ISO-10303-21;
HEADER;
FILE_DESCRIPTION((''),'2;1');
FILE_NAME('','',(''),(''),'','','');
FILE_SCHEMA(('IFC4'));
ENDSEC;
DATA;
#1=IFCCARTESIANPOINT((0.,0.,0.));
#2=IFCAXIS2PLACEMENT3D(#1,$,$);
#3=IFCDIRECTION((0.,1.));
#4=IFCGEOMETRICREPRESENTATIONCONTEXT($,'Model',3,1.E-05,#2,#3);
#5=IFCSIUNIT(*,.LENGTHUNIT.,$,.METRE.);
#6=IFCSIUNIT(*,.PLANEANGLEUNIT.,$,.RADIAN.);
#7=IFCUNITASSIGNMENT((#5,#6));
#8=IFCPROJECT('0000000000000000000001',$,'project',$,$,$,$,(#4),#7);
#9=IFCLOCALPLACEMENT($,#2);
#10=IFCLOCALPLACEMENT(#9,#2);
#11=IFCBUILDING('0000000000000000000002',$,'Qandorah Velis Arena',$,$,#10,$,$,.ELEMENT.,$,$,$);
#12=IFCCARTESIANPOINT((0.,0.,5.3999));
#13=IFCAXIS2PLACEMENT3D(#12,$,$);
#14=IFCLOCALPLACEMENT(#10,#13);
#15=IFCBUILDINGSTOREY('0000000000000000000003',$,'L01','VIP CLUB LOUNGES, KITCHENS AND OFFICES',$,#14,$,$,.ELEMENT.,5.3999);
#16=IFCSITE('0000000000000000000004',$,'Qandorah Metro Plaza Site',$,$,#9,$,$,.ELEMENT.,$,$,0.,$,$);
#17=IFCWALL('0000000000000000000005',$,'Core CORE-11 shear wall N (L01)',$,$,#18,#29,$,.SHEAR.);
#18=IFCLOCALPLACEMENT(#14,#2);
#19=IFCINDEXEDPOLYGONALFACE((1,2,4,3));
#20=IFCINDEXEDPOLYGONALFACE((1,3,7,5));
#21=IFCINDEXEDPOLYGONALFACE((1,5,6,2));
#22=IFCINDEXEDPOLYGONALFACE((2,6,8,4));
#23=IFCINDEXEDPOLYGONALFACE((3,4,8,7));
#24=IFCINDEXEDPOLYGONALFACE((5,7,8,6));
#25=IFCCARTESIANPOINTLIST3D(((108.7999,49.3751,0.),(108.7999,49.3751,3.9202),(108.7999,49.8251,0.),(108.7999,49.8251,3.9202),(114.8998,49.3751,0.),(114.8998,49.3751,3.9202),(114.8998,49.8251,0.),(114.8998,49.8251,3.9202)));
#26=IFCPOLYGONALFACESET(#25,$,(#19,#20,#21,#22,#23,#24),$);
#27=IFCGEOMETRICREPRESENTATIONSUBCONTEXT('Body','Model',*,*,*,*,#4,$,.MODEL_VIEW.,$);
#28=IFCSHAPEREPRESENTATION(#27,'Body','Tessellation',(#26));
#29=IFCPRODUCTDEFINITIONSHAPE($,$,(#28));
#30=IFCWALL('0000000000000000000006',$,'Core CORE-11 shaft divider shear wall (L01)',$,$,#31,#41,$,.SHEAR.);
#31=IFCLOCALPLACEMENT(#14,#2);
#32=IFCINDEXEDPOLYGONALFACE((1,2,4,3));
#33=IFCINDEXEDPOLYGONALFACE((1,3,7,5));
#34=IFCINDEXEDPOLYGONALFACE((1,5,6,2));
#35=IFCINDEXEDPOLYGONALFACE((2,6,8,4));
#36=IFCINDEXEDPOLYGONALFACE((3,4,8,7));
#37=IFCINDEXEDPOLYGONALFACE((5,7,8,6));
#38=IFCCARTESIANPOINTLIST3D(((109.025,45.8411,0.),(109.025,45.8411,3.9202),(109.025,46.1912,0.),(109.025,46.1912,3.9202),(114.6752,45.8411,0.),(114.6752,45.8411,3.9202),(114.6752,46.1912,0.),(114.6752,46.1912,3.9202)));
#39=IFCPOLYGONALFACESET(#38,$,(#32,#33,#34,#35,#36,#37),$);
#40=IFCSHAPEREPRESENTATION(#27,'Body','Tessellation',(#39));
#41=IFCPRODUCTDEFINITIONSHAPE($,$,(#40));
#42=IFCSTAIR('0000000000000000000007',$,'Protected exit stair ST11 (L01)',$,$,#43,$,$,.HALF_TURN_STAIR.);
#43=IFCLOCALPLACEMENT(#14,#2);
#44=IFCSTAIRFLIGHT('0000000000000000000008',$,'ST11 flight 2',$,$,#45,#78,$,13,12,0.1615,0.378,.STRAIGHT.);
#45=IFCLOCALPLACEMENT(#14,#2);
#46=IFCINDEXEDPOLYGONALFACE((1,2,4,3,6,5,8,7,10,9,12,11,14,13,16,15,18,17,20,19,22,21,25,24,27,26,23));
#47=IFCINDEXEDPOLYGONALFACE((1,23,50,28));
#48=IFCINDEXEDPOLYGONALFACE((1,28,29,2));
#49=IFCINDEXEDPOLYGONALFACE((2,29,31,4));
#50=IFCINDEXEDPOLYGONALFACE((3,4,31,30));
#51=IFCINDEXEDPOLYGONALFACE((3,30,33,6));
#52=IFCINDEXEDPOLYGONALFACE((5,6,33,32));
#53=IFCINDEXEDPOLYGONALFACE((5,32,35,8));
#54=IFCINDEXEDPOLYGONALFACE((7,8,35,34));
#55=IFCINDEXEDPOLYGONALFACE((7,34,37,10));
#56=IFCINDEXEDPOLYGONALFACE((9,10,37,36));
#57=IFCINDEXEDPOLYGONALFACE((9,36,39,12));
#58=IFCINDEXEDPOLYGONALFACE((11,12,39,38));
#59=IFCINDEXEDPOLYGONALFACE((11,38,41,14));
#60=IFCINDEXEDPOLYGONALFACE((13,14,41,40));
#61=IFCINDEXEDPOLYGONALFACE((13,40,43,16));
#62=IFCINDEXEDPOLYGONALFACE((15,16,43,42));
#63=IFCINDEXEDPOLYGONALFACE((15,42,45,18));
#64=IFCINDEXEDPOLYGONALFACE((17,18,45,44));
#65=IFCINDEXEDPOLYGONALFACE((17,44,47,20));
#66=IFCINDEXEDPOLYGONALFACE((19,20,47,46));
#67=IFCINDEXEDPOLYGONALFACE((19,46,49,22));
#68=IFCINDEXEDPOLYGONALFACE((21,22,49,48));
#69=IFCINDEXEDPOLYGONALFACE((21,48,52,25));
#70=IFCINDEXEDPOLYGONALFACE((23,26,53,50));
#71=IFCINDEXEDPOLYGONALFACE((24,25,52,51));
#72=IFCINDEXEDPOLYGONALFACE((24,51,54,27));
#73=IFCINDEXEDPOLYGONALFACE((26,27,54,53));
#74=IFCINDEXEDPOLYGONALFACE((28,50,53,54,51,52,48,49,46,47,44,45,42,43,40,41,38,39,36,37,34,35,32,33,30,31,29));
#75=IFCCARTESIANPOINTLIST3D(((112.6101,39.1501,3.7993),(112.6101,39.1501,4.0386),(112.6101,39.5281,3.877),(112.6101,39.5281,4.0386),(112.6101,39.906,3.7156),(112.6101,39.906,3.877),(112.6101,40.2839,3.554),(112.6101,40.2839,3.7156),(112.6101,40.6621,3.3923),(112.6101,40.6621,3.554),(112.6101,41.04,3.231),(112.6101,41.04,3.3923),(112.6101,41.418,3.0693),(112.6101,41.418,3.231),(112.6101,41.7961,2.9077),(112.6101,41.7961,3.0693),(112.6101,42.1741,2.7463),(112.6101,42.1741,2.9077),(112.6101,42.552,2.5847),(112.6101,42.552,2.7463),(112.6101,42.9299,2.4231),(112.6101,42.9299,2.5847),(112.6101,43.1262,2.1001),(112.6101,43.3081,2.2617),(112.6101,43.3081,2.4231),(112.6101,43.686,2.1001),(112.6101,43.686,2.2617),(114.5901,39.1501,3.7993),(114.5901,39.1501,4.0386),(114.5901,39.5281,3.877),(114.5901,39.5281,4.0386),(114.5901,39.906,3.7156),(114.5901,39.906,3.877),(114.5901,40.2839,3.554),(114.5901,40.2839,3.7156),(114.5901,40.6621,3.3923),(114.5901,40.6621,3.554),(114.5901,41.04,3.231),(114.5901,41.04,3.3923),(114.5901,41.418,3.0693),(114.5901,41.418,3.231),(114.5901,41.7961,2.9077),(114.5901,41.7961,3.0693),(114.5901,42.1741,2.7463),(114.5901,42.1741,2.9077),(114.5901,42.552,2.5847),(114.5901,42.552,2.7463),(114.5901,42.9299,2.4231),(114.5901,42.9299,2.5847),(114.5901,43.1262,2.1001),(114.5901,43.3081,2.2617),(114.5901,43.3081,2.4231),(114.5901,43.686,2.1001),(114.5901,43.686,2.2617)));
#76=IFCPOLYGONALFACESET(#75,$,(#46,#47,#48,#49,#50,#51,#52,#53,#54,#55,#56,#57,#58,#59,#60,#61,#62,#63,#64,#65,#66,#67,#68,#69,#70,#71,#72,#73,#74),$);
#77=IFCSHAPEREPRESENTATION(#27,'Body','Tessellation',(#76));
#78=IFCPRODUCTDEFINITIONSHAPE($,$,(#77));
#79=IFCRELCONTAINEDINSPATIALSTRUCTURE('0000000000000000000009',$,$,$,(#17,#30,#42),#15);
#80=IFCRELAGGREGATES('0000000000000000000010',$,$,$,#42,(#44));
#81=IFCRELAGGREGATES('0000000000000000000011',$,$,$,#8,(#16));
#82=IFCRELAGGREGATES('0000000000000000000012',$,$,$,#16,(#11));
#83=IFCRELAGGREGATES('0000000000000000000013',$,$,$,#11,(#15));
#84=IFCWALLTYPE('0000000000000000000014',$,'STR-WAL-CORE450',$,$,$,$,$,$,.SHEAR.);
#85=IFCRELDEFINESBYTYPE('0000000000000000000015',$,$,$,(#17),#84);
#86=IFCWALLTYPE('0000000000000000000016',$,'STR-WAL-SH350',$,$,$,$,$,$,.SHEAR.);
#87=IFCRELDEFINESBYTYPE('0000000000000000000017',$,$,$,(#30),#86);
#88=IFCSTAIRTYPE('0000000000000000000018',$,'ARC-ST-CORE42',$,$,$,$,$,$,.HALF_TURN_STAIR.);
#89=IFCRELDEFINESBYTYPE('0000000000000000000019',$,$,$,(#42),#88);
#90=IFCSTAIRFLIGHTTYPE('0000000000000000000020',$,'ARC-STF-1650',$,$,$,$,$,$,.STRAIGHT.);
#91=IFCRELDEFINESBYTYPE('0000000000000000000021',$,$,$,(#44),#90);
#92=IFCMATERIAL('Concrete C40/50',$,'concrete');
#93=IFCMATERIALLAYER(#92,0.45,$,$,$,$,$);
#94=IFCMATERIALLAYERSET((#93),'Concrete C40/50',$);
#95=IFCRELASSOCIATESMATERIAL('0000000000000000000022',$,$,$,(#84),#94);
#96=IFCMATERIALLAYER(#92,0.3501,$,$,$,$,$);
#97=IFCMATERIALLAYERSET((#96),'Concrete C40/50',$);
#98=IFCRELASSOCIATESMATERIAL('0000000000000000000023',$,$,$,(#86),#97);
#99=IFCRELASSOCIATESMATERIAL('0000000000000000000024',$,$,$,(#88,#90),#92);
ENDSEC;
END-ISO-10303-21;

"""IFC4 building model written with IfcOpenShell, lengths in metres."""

from ifc_helpers import new_model, si_unit, direction, frame, frame_2d, origin, place, context, subcontext, project, spatial, polyline, rectangle, outline, extrude, material, layer, layer_set, type_object, element, aggregate, save


model = new_model("IFC4")

# Units and contexts
model_context = context("Model", 3, precision=1e-05, world=origin(), true_north=direction((0.0, 1.0)))
body_context = subcontext(model_context, "Body", "Model", "MODEL_VIEW")
ifc_project = project(units=[si_unit("LENGTHUNIT", "METRE"), si_unit("PLANEANGLEUNIT", "RADIAN")], contexts=[model_context])

# Site, building, storey
site_placement = place(None, origin())
site = spatial("IfcSite", under=ifc_project, at=site_placement, Name="Qandorah Metro Plaza Site", CompositionType="ELEMENT", RefElevation=0.0)
building_placement = place(site_placement, origin())
building = spatial("IfcBuilding", under=site, at=building_placement, Name="Qandorah Velis Arena", CompositionType="ELEMENT")
storey_placement = place(building_placement, frame((0.0, 0.0, 5.3999)))
storey = spatial("IfcBuildingStorey", under=building, at=storey_placement, Name="L01", Description="VIP CLUB LOUNGES, KITCHENS AND OFFICES", CompositionType="ELEMENT", Elevation=5.3999)

# Shared definitions
ifc_material_1 = material(Name="Concrete C40/50", Category="concrete")

# Walls
ifc_layer_1 = layer(ifc_material_1, 0.45)
ifc_layer_set_1 = layer_set([ifc_layer_1], Name="Concrete C40/50")
wall_type_1 = type_object("IfcWallType", Name="STR-WAL-CORE450", PredefinedType="SHEAR", material=ifc_layer_set_1)
wall_1_placement = place(storey_placement, frame((108.8, 49.6001, 0.0), z_axis=(0.0, 0.0, 1.0), x_axis=(1.0, 0.0, 0.0)))
element("IfcWall", 1, at=wall_1_placement, inside=storey, type_object=wall_type_1, Name="Core CORE-11 shear wall N (L01)", PredefinedType="SHEAR", context=body_context, shape_type="SweptSolid", body=[
    extrude(rectangle(XDim=6.0999, YDim=0.45, at=frame_2d((3.0498, 0.0))), origin(), (0.0, 0.0, 1.0), 3.9202),
])
ifc_layer_2 = layer(ifc_material_1, 0.3501)
ifc_layer_set_2 = layer_set([ifc_layer_2], Name="Concrete C40/50")
wall_type_2 = type_object("IfcWallType", Name="STR-WAL-SH350", PredefinedType="SHEAR", material=ifc_layer_set_2)
wall_2_placement = place(storey_placement, frame((109.0249, 46.0161, 0.0), z_axis=(0.0, 0.0, 1.0), x_axis=(1.0, 0.0, 0.0)))
element("IfcWall", 2, at=wall_2_placement, inside=storey, type_object=wall_type_2, Name="Core CORE-11 shaft divider shear wall (L01)", PredefinedType="SHEAR", context=body_context, shape_type="SweptSolid", body=[
    extrude(rectangle(XDim=5.6501, YDim=0.3501, at=frame_2d((2.8252, 0.0))), origin(), (0.0, 0.0, 1.0), 3.9202),
])

# Stair, stair flight
stair_type = type_object("IfcStairType", Name="ARC-ST-CORE42", PredefinedType="HALF_TURN_STAIR", material=ifc_material_1)
stair_placement = place(storey_placement, origin())
stair = element("IfcStair", 3, at=stair_placement, inside=storey, type_object=stair_type, Name="Protected exit stair ST11 (L01)", PredefinedType="HALF_TURN_STAIR")
stair_flight_type = type_object("IfcStairFlightType", Name="ARC-STF-1650", PredefinedType="STRAIGHT", material=ifc_material_1)
stair_flight_placement = place(storey_placement, frame((113.6001, 43.686, 2.1001), z_axis=(0.0, 0.0, 1.0), x_axis=(0.0, -1.0, 0.0)))
stair_flight = element("IfcStairFlight", 4, at=stair_flight_placement, type_object=stair_flight_type, Name="ST11 flight 2", NumberOfRisers=13, NumberOfTreads=12, PredefinedType="STRAIGHT", RiserHeight=0.1615, TreadLength=0.378, context=body_context, shape_type="SweptSolid", body=[
    extrude(outline(polyline([(0.0, 0.0), (0.0, 0.1616), (0.3779, 0.1616), (0.3779, 0.323), (0.7561, 0.323), (0.7561, 0.4846), (1.134, 0.4846), (1.134, 0.6462), (1.512, 0.6462), (1.512, 0.8076), (1.8899, 0.8076), (1.8899, 0.9692), (2.2681, 0.9692), (2.2681, 1.1309), (2.646, 1.1309), (2.646, 1.2922), (3.0239, 1.2922), (3.0239, 1.4539), (3.4021, 1.4539), (3.4021, 1.6155), (3.78, 1.6155), (3.78, 1.7769), (4.158, 1.7769), (4.158, 1.9385), (4.5359, 1.9385), (4.5359, 2.1001), (4.5359, 1.6992), (0.5598, 0.0), (0.0, 0.0)])), frame((0.0, 0.99, 0.0), z_axis=(0.0, -1.0, 0.0), x_axis=(1.0, 0.0, 0.0)), (0.0, 0.0, 1.0), 1.98),
])
aggregate(stair, [stair_flight])

save(model, "model.ifc")
